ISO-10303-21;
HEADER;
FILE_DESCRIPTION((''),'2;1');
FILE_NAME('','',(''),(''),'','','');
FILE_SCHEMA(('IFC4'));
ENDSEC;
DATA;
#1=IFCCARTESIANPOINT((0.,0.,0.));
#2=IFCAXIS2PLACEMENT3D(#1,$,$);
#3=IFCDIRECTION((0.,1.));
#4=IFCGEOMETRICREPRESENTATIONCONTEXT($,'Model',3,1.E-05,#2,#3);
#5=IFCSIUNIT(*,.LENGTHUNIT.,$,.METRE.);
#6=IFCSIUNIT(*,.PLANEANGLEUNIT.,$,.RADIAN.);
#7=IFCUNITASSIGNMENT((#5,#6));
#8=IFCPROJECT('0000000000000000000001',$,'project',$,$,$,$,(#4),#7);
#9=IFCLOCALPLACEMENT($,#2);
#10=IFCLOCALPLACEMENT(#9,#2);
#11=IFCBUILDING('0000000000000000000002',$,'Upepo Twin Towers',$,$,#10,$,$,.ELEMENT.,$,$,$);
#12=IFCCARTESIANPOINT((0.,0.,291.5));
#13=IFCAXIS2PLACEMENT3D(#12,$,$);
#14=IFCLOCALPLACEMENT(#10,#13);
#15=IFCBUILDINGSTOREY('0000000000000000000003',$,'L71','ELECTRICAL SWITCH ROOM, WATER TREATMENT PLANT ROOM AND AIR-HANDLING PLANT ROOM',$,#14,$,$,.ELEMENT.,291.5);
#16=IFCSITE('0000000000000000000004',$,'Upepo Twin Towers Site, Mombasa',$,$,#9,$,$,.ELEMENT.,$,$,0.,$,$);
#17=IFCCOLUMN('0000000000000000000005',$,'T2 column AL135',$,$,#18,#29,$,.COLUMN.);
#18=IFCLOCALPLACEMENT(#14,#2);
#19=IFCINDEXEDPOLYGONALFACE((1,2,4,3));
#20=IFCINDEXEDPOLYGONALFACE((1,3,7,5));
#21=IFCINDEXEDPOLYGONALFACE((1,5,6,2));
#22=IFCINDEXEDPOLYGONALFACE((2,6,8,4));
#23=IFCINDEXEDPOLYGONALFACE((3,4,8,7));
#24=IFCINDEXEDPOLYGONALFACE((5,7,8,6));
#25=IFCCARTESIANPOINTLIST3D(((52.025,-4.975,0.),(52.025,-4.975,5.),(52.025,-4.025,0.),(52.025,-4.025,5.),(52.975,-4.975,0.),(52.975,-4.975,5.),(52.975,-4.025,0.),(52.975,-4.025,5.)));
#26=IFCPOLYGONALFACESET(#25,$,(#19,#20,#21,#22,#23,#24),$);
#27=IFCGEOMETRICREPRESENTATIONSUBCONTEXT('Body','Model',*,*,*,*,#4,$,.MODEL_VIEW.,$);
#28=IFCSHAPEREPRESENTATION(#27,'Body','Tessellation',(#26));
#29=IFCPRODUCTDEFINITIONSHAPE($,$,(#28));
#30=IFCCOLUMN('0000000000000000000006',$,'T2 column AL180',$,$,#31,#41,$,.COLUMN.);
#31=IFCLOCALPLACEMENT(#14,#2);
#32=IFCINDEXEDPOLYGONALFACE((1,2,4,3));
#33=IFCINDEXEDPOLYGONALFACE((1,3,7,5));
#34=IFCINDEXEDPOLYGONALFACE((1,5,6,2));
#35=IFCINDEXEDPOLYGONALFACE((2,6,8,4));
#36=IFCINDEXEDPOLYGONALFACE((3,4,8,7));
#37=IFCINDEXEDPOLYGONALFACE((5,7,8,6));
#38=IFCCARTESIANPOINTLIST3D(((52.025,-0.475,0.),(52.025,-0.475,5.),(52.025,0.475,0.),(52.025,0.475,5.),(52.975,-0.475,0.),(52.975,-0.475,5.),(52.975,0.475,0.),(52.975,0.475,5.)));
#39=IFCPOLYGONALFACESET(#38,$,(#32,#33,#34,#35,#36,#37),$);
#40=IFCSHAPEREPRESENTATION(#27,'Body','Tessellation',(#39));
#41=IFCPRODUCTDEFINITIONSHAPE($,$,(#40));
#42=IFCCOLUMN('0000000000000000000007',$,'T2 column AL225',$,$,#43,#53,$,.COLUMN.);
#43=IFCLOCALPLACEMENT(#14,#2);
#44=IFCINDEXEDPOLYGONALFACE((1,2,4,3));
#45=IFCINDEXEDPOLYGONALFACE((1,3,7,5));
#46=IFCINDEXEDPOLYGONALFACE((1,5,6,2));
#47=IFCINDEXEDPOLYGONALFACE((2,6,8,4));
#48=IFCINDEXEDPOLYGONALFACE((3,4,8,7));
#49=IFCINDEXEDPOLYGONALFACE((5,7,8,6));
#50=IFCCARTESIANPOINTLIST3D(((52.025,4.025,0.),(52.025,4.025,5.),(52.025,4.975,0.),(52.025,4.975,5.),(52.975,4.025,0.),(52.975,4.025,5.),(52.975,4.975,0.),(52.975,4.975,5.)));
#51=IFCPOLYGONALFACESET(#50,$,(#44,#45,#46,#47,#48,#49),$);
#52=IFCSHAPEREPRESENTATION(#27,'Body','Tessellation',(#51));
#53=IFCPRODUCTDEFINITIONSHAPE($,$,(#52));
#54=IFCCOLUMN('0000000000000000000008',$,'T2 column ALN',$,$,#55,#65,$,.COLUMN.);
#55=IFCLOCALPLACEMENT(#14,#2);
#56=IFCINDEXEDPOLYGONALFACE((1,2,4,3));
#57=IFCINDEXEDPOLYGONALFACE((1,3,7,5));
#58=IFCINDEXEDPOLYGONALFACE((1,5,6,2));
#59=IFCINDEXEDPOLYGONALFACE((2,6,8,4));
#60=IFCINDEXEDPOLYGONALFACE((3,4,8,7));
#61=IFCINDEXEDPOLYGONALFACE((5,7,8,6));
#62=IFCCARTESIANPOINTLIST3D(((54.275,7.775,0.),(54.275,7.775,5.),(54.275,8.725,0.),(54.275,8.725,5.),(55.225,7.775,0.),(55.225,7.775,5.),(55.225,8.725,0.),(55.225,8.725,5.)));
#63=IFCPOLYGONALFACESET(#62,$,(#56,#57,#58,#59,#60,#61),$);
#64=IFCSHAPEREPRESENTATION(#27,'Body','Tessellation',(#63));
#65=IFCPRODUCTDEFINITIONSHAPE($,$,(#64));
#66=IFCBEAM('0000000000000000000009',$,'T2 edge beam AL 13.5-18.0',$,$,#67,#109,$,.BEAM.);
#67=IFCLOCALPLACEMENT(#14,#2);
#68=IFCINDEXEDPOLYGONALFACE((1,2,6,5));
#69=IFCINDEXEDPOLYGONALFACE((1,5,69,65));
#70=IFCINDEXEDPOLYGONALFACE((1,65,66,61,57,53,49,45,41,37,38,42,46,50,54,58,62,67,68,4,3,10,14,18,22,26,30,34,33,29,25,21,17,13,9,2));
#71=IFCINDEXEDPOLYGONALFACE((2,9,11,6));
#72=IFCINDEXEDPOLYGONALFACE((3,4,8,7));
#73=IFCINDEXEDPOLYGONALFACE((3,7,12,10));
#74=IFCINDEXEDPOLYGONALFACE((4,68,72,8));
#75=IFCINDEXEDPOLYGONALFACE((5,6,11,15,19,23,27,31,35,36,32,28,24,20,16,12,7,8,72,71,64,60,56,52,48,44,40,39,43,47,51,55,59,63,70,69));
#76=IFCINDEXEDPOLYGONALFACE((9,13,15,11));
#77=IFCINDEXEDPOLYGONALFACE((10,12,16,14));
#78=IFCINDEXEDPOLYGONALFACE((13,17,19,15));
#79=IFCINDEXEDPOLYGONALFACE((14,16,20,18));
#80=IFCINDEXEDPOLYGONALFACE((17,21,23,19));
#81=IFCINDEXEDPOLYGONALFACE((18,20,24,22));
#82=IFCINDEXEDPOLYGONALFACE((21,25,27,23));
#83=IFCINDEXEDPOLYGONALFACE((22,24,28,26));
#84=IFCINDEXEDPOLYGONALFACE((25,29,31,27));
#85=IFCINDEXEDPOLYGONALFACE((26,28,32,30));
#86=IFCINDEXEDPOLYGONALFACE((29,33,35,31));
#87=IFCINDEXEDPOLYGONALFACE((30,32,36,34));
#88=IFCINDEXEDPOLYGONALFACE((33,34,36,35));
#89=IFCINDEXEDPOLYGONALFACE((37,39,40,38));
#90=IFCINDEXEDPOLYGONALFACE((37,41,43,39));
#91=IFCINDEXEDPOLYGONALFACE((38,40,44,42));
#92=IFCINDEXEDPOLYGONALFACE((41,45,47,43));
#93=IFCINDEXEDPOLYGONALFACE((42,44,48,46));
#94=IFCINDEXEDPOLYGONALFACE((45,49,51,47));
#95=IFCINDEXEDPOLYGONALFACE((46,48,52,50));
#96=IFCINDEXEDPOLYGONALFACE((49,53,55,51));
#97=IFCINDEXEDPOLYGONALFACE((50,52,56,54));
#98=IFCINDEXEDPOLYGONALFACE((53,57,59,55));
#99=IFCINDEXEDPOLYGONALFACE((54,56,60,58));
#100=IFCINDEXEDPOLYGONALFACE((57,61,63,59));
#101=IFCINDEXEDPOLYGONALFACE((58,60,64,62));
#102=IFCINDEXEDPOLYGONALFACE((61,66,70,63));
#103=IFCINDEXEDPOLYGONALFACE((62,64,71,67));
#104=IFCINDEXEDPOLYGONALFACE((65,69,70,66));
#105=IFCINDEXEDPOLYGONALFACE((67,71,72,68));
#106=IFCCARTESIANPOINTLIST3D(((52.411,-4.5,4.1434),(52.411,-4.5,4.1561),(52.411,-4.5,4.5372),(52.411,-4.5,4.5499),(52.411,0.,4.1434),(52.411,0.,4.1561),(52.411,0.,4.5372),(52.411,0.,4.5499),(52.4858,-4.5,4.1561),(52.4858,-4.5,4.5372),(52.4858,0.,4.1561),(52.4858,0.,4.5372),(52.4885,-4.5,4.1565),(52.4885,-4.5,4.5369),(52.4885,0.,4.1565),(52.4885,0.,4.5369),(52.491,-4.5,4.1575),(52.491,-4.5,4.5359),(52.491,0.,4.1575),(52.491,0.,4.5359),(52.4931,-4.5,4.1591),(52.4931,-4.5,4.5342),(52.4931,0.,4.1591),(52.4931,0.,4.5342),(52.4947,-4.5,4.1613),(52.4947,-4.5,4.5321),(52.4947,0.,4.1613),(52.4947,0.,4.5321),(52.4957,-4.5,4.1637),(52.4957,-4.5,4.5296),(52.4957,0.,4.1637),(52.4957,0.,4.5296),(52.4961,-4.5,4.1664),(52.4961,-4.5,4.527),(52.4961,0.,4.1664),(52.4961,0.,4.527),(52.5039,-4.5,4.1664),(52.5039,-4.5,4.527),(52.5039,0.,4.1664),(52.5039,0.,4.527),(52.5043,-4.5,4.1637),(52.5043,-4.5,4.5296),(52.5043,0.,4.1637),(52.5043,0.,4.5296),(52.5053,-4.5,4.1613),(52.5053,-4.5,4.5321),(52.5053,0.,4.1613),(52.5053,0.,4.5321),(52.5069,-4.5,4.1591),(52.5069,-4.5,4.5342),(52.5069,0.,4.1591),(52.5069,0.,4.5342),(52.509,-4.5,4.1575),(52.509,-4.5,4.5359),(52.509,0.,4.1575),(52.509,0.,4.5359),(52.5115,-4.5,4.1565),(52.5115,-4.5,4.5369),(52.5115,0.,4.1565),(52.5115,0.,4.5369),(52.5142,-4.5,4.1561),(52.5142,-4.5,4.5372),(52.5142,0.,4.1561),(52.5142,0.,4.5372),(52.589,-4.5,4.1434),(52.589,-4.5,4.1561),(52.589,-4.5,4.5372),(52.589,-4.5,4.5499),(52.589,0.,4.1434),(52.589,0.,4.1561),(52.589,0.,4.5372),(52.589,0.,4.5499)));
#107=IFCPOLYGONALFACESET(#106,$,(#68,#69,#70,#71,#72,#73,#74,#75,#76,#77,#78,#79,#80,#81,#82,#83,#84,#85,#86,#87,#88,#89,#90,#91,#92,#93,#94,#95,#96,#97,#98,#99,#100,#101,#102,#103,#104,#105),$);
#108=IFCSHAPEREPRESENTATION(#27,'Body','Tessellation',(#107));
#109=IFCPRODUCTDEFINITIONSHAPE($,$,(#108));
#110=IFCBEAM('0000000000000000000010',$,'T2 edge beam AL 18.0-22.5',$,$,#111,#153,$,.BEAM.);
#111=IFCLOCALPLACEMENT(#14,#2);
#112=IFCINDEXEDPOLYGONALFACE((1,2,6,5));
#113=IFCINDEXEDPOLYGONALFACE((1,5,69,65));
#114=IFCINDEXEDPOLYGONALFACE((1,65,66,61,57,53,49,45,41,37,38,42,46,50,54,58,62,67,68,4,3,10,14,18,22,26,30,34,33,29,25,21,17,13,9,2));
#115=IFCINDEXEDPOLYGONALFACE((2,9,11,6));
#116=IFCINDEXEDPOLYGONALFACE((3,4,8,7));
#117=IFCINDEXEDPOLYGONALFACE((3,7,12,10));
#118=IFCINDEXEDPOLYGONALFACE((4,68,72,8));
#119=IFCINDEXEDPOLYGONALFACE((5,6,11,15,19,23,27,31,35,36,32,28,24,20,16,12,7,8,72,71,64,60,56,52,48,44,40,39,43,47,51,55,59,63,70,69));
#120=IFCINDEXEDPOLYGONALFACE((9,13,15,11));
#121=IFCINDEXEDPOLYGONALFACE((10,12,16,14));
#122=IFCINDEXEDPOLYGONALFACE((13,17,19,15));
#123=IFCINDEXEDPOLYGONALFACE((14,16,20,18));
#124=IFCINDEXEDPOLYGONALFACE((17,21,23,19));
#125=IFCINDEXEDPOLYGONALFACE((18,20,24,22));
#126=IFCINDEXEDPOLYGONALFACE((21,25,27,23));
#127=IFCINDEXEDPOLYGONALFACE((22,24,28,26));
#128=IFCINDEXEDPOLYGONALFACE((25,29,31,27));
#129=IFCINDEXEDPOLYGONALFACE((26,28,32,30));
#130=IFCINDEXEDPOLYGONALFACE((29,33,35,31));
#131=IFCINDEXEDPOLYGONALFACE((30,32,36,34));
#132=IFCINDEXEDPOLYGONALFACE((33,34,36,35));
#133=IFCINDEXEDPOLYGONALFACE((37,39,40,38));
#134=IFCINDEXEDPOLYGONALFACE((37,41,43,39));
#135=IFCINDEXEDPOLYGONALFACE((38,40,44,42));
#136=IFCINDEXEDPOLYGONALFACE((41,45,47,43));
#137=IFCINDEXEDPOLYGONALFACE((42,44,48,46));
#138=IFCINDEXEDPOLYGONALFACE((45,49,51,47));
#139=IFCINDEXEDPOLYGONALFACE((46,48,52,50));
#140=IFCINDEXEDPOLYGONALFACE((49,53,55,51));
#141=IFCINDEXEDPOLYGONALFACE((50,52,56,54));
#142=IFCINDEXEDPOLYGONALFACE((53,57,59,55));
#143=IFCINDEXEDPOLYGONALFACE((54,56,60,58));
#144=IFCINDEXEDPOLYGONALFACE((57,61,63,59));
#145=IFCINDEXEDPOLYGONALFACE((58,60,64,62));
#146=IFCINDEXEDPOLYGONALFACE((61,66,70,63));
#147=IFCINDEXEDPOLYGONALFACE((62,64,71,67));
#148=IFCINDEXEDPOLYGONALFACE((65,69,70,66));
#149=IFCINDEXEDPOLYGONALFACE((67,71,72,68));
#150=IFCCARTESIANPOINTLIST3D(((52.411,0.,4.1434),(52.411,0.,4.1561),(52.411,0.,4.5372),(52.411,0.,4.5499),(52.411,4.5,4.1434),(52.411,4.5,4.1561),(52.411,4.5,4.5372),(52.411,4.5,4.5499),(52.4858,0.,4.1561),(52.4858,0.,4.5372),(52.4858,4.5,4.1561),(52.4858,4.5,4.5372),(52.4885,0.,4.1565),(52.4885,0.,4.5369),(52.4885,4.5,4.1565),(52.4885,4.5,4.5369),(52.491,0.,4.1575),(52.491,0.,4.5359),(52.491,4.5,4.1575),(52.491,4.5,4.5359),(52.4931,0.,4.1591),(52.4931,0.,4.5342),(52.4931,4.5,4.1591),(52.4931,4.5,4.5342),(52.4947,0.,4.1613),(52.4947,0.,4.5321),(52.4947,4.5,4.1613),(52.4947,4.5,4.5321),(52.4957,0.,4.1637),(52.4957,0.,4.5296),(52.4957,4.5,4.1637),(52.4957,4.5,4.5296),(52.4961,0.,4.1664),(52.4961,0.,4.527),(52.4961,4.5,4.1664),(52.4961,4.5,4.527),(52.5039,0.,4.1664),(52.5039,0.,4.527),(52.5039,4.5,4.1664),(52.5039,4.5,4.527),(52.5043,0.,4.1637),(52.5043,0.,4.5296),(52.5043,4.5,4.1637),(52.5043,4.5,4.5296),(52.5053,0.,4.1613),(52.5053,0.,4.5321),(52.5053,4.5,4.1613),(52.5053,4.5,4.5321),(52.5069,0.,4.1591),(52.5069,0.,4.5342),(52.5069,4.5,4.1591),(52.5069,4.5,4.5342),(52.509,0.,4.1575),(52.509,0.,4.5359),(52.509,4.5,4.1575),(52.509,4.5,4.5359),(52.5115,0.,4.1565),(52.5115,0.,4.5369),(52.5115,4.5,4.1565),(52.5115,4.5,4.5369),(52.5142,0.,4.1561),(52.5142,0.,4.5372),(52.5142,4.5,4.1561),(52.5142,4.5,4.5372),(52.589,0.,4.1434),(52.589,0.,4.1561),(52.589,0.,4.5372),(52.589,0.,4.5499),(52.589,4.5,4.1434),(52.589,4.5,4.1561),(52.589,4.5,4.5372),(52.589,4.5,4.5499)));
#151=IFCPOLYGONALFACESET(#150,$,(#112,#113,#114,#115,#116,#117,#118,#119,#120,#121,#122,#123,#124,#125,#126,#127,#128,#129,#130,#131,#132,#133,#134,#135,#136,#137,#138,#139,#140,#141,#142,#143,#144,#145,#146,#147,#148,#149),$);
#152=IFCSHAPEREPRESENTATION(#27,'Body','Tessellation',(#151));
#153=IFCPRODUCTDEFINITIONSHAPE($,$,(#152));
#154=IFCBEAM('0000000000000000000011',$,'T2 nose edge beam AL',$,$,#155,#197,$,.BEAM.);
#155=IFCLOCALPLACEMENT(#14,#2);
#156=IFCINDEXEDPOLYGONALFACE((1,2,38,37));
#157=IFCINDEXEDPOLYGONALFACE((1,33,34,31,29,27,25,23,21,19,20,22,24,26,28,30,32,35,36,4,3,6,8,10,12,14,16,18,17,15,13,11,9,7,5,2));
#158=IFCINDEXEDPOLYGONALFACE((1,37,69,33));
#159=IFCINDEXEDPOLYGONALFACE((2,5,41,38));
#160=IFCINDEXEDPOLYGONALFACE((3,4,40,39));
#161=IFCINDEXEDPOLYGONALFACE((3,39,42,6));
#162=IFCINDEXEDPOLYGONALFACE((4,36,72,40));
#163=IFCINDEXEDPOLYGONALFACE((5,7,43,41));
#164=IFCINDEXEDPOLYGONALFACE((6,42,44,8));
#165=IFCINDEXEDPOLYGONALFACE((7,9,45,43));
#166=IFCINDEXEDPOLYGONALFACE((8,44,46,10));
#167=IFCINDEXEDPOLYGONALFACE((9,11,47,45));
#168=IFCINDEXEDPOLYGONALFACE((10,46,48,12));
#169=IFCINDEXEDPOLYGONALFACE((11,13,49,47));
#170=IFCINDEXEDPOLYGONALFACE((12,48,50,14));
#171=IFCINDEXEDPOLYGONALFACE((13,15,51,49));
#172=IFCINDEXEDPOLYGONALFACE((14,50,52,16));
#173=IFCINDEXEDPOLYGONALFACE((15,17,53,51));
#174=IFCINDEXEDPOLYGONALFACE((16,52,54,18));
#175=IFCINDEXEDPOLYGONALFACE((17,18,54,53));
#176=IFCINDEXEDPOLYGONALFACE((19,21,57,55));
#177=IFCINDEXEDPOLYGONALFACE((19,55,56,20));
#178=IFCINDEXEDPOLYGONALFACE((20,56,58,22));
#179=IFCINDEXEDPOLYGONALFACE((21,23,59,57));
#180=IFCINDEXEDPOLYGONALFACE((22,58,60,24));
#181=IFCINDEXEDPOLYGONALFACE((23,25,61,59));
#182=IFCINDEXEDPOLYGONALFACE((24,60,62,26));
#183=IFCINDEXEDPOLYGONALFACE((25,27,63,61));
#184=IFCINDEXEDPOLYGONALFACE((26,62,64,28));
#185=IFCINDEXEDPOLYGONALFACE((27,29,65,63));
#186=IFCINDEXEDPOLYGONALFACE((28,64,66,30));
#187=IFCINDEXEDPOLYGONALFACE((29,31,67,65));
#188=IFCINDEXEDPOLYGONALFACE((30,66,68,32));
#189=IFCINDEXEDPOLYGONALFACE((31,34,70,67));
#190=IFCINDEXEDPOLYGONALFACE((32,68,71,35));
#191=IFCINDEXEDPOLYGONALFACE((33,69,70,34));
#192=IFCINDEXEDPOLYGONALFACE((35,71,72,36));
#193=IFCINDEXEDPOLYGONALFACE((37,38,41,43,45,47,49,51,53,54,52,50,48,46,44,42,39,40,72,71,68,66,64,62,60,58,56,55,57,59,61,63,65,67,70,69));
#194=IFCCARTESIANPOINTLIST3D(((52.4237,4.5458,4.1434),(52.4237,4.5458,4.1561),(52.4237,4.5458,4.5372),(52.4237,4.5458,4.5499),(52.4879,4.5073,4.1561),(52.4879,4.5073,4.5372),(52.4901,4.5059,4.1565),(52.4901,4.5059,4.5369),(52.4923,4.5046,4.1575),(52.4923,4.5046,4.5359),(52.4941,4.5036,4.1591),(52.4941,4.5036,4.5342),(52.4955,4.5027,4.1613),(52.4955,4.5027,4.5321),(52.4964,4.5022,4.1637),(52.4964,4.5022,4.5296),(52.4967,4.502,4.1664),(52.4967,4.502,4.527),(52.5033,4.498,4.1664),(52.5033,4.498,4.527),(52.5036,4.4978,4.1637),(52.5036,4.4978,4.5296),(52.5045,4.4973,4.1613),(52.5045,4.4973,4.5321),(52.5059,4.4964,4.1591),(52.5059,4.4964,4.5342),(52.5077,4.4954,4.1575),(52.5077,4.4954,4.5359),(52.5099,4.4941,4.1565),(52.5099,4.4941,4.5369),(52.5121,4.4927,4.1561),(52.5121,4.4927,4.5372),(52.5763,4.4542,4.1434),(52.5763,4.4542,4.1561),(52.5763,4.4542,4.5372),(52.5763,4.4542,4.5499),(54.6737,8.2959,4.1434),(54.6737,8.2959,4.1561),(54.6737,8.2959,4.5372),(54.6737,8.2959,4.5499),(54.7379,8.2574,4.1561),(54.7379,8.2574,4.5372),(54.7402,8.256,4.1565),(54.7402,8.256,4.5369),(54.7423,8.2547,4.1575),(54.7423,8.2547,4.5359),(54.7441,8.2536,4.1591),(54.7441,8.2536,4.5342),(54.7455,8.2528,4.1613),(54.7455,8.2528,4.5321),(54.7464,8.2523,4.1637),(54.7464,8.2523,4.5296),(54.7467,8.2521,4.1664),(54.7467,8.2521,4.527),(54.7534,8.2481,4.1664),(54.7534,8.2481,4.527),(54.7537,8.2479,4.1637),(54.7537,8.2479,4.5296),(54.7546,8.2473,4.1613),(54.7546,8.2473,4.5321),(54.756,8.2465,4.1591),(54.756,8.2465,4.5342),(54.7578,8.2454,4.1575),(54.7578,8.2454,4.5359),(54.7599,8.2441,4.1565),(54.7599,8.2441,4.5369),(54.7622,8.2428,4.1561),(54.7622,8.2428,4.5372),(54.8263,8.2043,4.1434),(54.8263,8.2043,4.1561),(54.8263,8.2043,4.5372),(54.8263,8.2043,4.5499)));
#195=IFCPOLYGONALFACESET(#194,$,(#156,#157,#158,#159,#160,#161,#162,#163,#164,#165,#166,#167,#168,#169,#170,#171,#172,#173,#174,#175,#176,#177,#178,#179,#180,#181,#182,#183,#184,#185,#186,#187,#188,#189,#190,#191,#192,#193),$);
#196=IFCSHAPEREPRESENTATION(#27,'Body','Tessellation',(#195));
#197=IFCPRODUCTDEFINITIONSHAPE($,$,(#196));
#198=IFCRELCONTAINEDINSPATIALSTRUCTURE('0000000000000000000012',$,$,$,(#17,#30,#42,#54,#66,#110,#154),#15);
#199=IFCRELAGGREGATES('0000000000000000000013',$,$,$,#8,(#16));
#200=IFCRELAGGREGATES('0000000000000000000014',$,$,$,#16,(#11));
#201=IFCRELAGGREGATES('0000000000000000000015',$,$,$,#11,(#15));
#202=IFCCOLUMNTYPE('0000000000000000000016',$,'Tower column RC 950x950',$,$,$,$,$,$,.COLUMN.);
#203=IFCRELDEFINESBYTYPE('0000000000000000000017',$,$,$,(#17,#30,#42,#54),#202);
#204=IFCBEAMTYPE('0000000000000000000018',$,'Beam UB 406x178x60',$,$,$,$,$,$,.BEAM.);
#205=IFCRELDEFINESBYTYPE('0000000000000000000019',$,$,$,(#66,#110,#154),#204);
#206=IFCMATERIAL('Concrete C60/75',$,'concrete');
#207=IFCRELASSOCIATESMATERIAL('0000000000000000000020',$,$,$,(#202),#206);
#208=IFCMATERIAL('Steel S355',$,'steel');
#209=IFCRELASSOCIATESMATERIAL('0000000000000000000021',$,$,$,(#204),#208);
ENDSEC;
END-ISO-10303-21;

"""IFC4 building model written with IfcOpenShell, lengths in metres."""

from ifc_helpers import new_model, si_unit, direction, frame, origin, origin_2d, place, context, subcontext, project, spatial, rectangle, i_section, extrude, material, material_profile, profile_set, type_object, element, save


model = new_model("IFC4")

# Units and contexts
model_context = context("Model", 3, precision=1e-05, world=origin(), true_north=direction((0.0, 1.0)))
body_context = subcontext(model_context, "Body", "Model", "MODEL_VIEW")
ifc_project = project(units=[si_unit("LENGTHUNIT", "METRE"), si_unit("PLANEANGLEUNIT", "RADIAN")], contexts=[model_context])

# Site, building, storey
site_placement = place(None, origin())
site = spatial("IfcSite", under=ifc_project, at=site_placement, Name="Upepo Twin Towers Site, Mombasa", CompositionType="ELEMENT", RefElevation=0.0)
building_placement = place(site_placement, origin())
building = spatial("IfcBuilding", under=site, at=building_placement, Name="Upepo Twin Towers", CompositionType="ELEMENT")
storey_placement = place(building_placement, frame((0.0, 0.0, 291.5)))
storey = spatial("IfcBuildingStorey", under=building, at=storey_placement, Name="L71", Description="ELECTRICAL SWITCH ROOM, WATER TREATMENT PLANT ROOM AND AIR-HANDLING PLANT ROOM", CompositionType="ELEMENT", Elevation=291.5)

# Columns
ifc_material_1 = material(Name="Concrete C60/75", Category="concrete")
ifc_material_profile_1 = material_profile(ifc_material_1, rectangle(XDim=0.95, YDim=0.95, at=origin_2d()), Name="RC 950x950")
ifc_profile_set_1 = profile_set([ifc_material_profile_1], Name="Concrete C60/75")
column_type = type_object("IfcColumnType", Name="Tower column RC 950x950", PredefinedType="COLUMN", material=ifc_profile_set_1)
for number, where, z_axis, x_axis, name in (
    (1, (52.5, -4.5, 0.0), (0.0, 0.0, 1.0), (1.0, 0.0, 0.0), "T2 column AL135"),
    (2, (52.5, 0.0, 0.0), (0.0, 0.0, 1.0), (1.0, 0.0, 0.0), "T2 column AL180"),
    (3, (52.5, 4.5, 0.0), (0.0, 0.0, 1.0), (1.0, 0.0, 0.0), "T2 column AL225"),
    (4, (54.75, 8.25, 0.0), (0.0, 0.0, 1.0), (1.0, 0.0, 0.0), "T2 column ALN"),
):
    element("IfcColumn", number, at=place(storey_placement, frame(where, z_axis=z_axis, x_axis=x_axis)), inside=storey, type_object=column_type, Name=name, PredefinedType="COLUMN", context=body_context, shape_type="SweptSolid", body=[
        extrude(rectangle(XDim=0.95, YDim=0.95, at=origin_2d()), origin(), (0.0, 0.0, 1.0), 5.0),
    ])

# Beams
ifc_material_2 = material(Name="Steel S355", Category="steel")
ifc_material_profile_2 = material_profile(ifc_material_2, i_section(OverallWidth=0.178, OverallDepth=0.4065, WebThickness=0.0078, FlangeThickness=0.0127, FilletRadius=0.0103, at=origin_2d()), Name="UB 406x178x60")
ifc_profile_set_2 = profile_set([ifc_material_profile_2], Name="Steel S355")
beam_type_1 = type_object("IfcBeamType", Name="Beam UB 406x178x60", PredefinedType="BEAM", material=ifc_profile_set_2)
for number, where, z_axis, x_axis, name in (
    (5, (52.5, -4.5, 4.3467), (0.0, 1.0, 0.0), (-1.0, 0.0, 0.0), "T2 edge beam AL 13.5-18.0"),
    (6, (52.5, 0.0, 4.3467), (0.0, 1.0, 0.0), (-1.0, 0.0, 0.0), "T2 edge beam AL 18.0-22.5"),
):
    element("IfcBeam", number, at=place(storey_placement, frame(where, z_axis=z_axis, x_axis=x_axis)), inside=storey, type_object=beam_type_1, Name=name, PredefinedType="BEAM", context=body_context, shape_type="SweptSolid", body=[
        extrude(i_section(OverallWidth=0.178, OverallDepth=0.4065, WebThickness=0.0078, FlangeThickness=0.0127, FilletRadius=0.0103, at=origin_2d()), origin(), (0.0, 0.0, 1.0), 4.5),
    ])
beam_1_placement = place(storey_placement, frame((52.5, 4.5, 4.3467), z_axis=(0.514496, 0.857493, 0.0), x_axis=(-0.857493, 0.514496, 0.0)))
element("IfcBeam", 7, at=beam_1_placement, inside=storey, type_object=beam_type_1, Name="T2 nose edge beam AL", PredefinedType="BEAM", context=body_context, shape_type="SweptSolid", body=[
    extrude(i_section(OverallWidth=0.178, OverallDepth=0.4065, WebThickness=0.0078, FlangeThickness=0.0127, FilletRadius=0.0103, at=origin_2d()), origin(), (0.0, 0.0, 1.0), 4.3733),
])

save(model, "model.ifc")
